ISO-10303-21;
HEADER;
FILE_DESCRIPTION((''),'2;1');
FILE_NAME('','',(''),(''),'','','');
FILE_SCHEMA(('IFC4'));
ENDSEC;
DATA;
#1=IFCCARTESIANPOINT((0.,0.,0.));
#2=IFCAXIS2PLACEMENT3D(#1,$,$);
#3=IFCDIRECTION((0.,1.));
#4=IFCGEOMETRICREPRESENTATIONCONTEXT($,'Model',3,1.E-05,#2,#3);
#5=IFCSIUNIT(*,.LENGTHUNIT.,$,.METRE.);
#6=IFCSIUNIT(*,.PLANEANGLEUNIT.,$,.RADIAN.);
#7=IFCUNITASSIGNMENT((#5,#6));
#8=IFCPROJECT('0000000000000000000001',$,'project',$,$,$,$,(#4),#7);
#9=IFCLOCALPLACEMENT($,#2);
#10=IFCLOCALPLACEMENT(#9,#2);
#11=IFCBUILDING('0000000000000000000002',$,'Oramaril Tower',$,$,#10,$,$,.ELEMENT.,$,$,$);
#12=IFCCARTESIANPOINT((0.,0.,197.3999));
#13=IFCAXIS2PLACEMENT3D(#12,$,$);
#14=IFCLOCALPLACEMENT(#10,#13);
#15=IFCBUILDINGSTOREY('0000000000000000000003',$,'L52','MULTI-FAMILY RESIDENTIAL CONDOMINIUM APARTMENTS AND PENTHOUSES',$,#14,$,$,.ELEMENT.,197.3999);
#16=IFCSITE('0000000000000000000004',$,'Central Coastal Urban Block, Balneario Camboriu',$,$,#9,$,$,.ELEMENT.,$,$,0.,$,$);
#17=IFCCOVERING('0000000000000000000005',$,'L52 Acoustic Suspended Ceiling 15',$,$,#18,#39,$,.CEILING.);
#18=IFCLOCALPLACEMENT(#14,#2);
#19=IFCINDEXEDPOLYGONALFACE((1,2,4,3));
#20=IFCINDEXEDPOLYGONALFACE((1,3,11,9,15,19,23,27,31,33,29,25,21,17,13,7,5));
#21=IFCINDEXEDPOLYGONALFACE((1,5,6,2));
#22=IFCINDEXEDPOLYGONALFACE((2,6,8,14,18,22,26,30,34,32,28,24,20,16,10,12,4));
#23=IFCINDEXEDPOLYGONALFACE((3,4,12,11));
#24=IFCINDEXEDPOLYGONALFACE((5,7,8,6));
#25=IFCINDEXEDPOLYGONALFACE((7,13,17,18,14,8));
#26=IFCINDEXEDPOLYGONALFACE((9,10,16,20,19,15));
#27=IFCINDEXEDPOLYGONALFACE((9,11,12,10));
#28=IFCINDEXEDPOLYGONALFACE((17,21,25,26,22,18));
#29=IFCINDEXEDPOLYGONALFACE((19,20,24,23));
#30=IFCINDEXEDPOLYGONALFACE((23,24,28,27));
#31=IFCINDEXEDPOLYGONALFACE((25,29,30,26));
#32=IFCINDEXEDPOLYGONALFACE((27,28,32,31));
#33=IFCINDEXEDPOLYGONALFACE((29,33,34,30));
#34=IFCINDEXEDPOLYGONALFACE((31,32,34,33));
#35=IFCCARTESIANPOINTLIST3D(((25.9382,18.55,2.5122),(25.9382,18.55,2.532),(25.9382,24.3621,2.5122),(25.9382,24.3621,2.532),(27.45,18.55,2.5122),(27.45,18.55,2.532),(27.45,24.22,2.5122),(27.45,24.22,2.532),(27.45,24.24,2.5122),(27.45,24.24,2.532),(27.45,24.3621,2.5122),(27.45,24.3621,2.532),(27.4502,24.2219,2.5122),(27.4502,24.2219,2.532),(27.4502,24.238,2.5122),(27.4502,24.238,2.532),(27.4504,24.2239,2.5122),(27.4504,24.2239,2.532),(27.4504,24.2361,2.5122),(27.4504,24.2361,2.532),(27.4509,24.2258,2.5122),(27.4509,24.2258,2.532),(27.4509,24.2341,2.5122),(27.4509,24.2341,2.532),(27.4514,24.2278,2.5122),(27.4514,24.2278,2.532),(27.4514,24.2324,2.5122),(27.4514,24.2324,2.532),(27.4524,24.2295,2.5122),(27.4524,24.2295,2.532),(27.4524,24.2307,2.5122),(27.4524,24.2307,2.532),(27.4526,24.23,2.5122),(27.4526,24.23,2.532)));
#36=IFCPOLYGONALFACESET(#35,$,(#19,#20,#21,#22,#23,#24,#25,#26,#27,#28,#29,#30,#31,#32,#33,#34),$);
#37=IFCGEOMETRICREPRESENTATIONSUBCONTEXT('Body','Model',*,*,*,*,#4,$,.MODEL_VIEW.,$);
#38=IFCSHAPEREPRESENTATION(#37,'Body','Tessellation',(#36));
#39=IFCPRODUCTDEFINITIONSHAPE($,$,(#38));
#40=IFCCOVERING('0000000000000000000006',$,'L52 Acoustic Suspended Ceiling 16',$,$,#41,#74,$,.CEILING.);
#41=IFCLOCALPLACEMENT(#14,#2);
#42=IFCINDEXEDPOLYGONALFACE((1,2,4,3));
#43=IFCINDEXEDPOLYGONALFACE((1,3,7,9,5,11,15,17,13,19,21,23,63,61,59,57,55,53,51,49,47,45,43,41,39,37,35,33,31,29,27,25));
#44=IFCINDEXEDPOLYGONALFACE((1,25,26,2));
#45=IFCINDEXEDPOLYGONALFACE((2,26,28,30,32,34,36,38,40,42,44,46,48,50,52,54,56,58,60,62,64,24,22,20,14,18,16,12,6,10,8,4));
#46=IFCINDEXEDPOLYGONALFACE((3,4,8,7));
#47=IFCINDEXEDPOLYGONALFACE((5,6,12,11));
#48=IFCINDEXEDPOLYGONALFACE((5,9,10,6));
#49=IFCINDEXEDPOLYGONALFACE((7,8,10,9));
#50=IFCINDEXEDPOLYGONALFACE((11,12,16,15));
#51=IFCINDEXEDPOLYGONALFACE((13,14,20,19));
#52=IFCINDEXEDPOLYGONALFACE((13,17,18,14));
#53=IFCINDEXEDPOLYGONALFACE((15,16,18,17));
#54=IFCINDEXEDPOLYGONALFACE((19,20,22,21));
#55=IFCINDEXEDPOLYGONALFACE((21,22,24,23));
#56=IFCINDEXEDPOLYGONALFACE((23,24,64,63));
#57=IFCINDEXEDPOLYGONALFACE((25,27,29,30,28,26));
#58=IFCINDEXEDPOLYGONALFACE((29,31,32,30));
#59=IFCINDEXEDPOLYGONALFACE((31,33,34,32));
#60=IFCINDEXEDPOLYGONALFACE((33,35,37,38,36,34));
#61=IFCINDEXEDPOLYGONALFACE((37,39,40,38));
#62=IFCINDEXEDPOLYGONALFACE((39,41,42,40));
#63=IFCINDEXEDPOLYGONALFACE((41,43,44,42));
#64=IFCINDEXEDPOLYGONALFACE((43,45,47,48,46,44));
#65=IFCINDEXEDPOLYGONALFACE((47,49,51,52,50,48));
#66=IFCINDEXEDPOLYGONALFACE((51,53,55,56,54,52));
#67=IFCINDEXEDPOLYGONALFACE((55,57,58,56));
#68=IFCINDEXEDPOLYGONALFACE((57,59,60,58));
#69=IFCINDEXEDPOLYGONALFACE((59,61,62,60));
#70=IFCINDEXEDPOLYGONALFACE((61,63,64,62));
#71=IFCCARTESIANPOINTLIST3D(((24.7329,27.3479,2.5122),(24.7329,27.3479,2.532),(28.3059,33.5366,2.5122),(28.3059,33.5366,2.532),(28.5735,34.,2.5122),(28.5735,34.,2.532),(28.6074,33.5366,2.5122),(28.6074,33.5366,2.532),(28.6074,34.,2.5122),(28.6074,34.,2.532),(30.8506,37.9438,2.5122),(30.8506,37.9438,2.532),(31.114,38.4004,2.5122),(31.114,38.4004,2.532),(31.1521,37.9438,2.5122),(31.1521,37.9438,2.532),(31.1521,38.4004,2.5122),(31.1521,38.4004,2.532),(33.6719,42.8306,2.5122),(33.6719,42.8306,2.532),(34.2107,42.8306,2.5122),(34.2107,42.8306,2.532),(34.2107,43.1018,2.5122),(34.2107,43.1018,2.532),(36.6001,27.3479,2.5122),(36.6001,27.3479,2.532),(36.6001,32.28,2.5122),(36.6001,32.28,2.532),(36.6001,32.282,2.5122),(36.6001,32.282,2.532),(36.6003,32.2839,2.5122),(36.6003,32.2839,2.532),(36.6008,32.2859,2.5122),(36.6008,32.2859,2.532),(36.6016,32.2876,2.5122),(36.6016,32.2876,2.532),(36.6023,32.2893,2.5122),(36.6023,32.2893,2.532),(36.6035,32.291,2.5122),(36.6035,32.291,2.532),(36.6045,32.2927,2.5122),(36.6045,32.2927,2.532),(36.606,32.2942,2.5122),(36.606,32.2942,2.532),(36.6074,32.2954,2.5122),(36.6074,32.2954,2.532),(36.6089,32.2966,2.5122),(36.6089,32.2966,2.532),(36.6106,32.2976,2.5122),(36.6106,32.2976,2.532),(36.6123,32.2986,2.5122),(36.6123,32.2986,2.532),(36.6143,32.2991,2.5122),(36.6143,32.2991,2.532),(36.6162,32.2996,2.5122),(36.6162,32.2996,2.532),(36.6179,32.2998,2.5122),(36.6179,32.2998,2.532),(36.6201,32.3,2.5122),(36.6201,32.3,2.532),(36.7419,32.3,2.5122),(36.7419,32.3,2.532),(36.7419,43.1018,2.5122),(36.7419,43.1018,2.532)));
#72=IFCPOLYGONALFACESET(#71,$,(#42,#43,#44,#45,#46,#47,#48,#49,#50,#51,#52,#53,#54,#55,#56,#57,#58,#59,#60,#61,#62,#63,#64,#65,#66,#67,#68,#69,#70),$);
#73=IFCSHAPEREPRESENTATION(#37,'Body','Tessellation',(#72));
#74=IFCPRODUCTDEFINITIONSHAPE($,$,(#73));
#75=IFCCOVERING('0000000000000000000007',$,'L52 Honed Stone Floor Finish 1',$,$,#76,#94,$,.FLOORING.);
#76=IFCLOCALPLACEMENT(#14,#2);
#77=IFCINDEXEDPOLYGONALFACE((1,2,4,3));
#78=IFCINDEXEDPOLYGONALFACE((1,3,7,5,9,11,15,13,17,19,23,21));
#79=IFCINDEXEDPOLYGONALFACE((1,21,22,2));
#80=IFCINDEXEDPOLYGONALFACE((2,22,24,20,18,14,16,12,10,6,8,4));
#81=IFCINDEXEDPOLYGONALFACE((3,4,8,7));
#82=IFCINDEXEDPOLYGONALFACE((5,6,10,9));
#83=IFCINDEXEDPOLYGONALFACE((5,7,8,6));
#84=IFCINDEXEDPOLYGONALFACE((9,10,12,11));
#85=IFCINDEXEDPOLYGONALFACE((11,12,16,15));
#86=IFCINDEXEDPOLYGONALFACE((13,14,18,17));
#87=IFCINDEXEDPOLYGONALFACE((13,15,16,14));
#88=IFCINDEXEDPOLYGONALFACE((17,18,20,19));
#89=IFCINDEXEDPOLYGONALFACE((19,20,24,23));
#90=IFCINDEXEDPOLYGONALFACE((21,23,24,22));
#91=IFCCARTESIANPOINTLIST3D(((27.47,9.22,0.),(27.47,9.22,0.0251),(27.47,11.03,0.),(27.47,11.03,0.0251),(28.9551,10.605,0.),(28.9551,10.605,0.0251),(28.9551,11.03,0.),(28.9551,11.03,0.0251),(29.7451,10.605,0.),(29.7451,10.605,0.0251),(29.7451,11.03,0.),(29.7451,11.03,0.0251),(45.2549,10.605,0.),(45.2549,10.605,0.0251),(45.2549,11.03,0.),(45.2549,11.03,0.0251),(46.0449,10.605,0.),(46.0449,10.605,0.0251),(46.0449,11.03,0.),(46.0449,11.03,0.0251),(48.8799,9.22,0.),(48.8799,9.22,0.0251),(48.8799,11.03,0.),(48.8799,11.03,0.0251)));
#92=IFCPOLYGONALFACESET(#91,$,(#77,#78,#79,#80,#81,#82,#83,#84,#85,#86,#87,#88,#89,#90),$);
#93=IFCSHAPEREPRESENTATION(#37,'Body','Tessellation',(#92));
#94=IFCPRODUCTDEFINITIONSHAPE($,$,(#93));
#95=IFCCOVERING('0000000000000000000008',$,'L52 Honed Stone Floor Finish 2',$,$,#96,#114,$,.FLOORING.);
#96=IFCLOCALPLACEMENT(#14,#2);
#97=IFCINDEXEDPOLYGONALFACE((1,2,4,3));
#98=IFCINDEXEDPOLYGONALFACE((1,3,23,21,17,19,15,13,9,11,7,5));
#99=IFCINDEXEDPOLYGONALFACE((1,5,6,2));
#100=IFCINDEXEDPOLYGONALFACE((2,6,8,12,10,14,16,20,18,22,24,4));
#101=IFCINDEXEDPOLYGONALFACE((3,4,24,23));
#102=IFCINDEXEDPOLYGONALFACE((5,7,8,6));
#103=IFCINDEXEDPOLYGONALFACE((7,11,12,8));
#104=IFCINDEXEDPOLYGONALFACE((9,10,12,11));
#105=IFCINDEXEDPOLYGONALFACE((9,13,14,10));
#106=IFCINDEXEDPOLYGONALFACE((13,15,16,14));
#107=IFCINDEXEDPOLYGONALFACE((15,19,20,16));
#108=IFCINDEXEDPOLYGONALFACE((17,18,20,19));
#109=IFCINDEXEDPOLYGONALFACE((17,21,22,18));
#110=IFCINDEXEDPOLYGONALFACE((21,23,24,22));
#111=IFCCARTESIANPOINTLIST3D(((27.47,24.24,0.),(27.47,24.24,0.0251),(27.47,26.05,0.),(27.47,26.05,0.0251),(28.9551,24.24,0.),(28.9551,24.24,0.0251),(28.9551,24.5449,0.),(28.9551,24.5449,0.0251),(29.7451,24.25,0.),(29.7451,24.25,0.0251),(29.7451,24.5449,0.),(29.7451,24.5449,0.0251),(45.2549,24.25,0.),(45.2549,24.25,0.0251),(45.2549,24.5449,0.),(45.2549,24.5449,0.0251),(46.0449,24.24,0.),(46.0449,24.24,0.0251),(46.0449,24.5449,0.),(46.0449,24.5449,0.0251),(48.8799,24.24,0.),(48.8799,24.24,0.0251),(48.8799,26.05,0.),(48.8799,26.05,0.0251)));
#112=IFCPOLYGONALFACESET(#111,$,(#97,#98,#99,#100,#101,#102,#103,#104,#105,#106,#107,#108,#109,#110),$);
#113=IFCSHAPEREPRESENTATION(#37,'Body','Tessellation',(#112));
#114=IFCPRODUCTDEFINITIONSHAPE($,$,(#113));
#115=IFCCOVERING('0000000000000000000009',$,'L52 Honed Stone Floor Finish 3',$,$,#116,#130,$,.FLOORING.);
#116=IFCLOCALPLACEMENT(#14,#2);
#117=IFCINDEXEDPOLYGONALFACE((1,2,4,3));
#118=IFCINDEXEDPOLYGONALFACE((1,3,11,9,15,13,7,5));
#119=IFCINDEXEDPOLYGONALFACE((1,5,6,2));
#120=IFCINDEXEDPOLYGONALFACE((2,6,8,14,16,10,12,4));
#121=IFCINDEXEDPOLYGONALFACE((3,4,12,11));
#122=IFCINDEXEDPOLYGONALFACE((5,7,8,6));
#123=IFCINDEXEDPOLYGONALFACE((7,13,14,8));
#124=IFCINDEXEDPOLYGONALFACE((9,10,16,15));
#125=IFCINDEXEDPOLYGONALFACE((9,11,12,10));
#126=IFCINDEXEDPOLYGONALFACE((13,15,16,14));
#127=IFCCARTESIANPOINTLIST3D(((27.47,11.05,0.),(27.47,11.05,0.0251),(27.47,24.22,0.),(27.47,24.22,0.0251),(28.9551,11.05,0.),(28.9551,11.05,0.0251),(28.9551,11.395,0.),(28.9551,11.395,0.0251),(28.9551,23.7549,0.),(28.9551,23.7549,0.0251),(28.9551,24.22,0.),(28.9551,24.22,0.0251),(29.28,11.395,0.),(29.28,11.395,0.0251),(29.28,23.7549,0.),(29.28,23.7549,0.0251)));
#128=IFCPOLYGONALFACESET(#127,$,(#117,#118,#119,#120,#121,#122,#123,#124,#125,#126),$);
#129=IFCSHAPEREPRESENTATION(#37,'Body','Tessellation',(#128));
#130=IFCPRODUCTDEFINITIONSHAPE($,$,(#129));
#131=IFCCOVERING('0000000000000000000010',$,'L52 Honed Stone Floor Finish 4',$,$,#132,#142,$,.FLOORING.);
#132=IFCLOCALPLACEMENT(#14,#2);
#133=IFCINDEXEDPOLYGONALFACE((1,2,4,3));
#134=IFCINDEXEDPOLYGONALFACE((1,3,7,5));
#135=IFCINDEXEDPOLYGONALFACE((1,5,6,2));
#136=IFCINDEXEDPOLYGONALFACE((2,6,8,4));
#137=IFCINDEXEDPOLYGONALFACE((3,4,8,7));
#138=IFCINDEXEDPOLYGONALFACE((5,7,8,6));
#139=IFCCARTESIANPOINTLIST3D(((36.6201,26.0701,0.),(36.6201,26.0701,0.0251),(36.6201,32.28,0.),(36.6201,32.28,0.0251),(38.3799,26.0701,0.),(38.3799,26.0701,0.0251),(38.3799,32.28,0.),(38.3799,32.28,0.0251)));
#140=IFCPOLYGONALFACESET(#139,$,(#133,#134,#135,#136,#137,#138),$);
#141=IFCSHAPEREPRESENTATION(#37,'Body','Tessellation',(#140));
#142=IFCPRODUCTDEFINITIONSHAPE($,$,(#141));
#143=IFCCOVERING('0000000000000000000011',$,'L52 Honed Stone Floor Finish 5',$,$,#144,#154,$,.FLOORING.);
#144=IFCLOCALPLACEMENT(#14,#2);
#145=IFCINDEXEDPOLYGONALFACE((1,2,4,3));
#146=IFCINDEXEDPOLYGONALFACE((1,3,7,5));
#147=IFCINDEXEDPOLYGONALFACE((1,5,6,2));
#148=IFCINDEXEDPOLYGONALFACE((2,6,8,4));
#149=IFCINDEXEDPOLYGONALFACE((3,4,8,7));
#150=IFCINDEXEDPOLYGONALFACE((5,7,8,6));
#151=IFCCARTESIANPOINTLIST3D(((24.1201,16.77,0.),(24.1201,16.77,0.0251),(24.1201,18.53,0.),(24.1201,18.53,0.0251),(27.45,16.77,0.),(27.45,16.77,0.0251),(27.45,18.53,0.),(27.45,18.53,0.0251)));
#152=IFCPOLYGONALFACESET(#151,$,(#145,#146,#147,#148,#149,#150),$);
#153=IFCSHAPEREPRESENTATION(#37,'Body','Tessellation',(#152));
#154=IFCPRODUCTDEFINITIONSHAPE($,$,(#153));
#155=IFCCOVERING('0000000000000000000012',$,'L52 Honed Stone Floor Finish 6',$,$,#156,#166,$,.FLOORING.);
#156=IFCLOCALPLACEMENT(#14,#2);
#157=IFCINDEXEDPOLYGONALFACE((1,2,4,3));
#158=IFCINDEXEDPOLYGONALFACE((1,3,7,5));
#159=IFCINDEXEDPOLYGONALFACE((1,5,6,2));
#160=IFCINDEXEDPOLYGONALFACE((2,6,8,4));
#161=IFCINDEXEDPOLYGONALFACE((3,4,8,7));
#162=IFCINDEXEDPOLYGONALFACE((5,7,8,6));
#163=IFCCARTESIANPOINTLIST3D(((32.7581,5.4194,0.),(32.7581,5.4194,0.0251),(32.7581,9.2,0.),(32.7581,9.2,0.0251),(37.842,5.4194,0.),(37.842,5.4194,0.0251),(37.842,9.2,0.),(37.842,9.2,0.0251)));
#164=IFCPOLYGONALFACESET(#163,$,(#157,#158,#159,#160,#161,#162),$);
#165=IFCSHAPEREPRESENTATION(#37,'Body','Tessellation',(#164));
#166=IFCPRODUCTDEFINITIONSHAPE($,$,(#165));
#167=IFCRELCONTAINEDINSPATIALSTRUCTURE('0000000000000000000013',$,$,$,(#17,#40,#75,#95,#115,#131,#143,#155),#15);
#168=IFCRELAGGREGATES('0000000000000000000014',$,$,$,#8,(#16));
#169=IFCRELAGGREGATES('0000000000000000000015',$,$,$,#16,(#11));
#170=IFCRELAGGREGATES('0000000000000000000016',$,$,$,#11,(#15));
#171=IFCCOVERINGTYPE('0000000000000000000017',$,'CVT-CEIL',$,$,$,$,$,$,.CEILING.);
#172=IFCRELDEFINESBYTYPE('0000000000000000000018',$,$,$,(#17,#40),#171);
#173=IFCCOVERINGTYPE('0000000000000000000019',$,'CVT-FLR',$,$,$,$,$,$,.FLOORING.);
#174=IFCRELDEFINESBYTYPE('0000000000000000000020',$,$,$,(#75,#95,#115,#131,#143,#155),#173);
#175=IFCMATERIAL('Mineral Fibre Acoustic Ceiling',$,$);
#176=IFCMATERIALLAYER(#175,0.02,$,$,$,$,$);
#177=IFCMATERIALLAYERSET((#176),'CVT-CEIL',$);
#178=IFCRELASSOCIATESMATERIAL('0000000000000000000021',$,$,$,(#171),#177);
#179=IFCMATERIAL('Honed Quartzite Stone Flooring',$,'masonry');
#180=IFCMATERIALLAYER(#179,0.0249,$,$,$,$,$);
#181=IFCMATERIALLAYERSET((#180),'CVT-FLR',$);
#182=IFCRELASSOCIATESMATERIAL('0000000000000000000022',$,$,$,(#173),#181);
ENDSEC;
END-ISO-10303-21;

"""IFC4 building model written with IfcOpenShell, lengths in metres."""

from ifc_helpers import new_model, si_unit, direction, frame, origin, place, context, subcontext, project, spatial, polyline, outline, extrude, material, layer, layer_set, type_object, element, save


model = new_model("IFC4")

# Units and contexts
model_context = context("Model", 3, precision=1e-05, world=origin(), true_north=direction((0.0, 1.0)))
body_context = subcontext(model_context, "Body", "Model", "MODEL_VIEW")
ifc_project = project(units=[si_unit("LENGTHUNIT", "METRE"), si_unit("PLANEANGLEUNIT", "RADIAN")], contexts=[model_context])

# Site, building, storey
site_placement = place(None, origin())
site = spatial("IfcSite", under=ifc_project, at=site_placement, Name="Central Coastal Urban Block, Balneario Camboriu", CompositionType="ELEMENT", RefElevation=0.0)
building_placement = place(site_placement, origin())
building = spatial("IfcBuilding", under=site, at=building_placement, Name="Oramaril Tower", CompositionType="ELEMENT")
storey_placement = place(building_placement, frame((0.0, 0.0, 197.3999)))
storey = spatial("IfcBuildingStorey", under=building, at=storey_placement, Name="L52", Description="MULTI-FAMILY RESIDENTIAL CONDOMINIUM APARTMENTS AND PENTHOUSES", CompositionType="ELEMENT", Elevation=197.3999)

# Coverings
ifc_material_1 = material(Name="Mineral Fibre Acoustic Ceiling")
ifc_layer_1 = layer(ifc_material_1, 0.02)
ifc_layer_set_1 = layer_set([ifc_layer_1], Name="CVT-CEIL")
covering_type_1 = type_object("IfcCoveringType", Name="CVT-CEIL", PredefinedType="CEILING", material=ifc_layer_set_1)
covering_1_placement = place(storey_placement, frame((0.0, 0.0, 2.5122)))
element("IfcCovering", 1, at=covering_1_placement, inside=storey, type_object=covering_type_1, Name="L52 Acoustic Suspended Ceiling 15", PredefinedType="CEILING", context=body_context, shape_type="SweptSolid", body=[
    extrude(outline(polyline([(27.45, 24.3621), (27.45, 24.24), (27.4502, 24.238), (27.4504, 24.2361), (27.4509, 24.2341), (27.4514, 24.2324), (27.4524, 24.2307), (27.4526, 24.23), (27.4524, 24.2295), (27.4514, 24.2278), (27.4509, 24.2258), (27.4504, 24.2239), (27.4502, 24.2219), (27.45, 24.22), (27.45, 18.55), (25.9382, 18.55), (25.9382, 24.3621), (27.45, 24.3621)])), origin(), (0.0, 0.0, 1.0), 0.0198),
])
covering_2_placement = place(storey_placement, frame((0.0, 0.0, 2.5122)))
element("IfcCovering", 2, at=covering_2_placement, inside=storey, type_object=covering_type_1, Name="L52 Acoustic Suspended Ceiling 16", PredefinedType="CEILING", context=body_context, shape_type="SweptSolid", body=[
    extrude(outline(polyline([(36.7419, 32.3), (36.6201, 32.3), (36.6179, 32.2998), (36.6162, 32.2996), (36.6143, 32.2991), (36.6123, 32.2986), (36.6106, 32.2976), (36.6089, 32.2966), (36.6074, 32.2954), (36.606, 32.2942), (36.6045, 32.2927), (36.6035, 32.291), (36.6023, 32.2893), (36.6016, 32.2876), (36.6008, 32.2859), (36.6003, 32.2839), (36.6001, 32.282), (36.6001, 32.28), (36.6001, 27.3479), (24.7329, 27.3479), (28.3059, 33.5366), (28.6074, 33.5366), (28.6074, 34.0), (28.5735, 34.0), (30.8506, 37.9438), (31.1521, 37.9438), (31.1521, 38.4004), (31.114, 38.4004), (33.6719, 42.8306), (34.2107, 42.8306), (34.2107, 43.1018), (36.7419, 43.1018), (36.7419, 32.3)])), origin(), (0.0, 0.0, 1.0), 0.0198),
])
ifc_material_2 = material(Name="Honed Quartzite Stone Flooring", Category="masonry")
ifc_layer_2 = layer(ifc_material_2, 0.0249)
ifc_layer_set_2 = layer_set([ifc_layer_2], Name="CVT-FLR")
covering_type_2 = type_object("IfcCoveringType", Name="CVT-FLR", PredefinedType="FLOORING", material=ifc_layer_set_2)
covering_3_placement = place(storey_placement, origin())
element("IfcCovering", 3, at=covering_3_placement, inside=storey, type_object=covering_type_2, Name="L52 Honed Stone Floor Finish 1", PredefinedType="FLOORING", context=body_context, shape_type="SweptSolid", body=[
    extrude(outline(polyline([(28.9551, 10.605), (29.7451, 10.605), (29.7451, 11.03), (45.2549, 11.03), (45.2549, 10.605), (46.0449, 10.605), (46.0449, 11.03), (48.8799, 11.03), (48.8799, 9.22), (27.47, 9.22), (27.47, 11.03), (28.9551, 11.03), (28.9551, 10.605)])), origin(), (0.0, 0.0, 1.0), 0.0251),
])
covering_4_placement = place(storey_placement, origin())
element("IfcCovering", 4, at=covering_4_placement, inside=storey, type_object=covering_type_2, Name="L52 Honed Stone Floor Finish 2", PredefinedType="FLOORING", context=body_context, shape_type="SweptSolid", body=[
    extrude(outline(polyline([(48.8799, 24.24), (46.0449, 24.24), (46.0449, 24.5449), (45.2549, 24.5449), (45.2549, 24.25), (29.7451, 24.25), (29.7451, 24.5449), (28.9551, 24.5449), (28.9551, 24.24), (27.47, 24.24), (27.47, 26.05), (48.8799, 26.05), (48.8799, 24.24)])), origin(), (0.0, 0.0, 1.0), 0.0251),
])
covering_5_placement = place(storey_placement, origin())
element("IfcCovering", 5, at=covering_5_placement, inside=storey, type_object=covering_type_2, Name="L52 Honed Stone Floor Finish 3", PredefinedType="FLOORING", context=body_context, shape_type="SweptSolid", body=[
    extrude(outline(polyline([(28.9551, 23.7549), (29.28, 23.7549), (29.28, 11.395), (28.9551, 11.395), (28.9551, 11.05), (27.47, 11.05), (27.47, 24.22), (28.9551, 24.22), (28.9551, 23.7549)])), origin(), (0.0, 0.0, 1.0), 0.0251),
])
covering_6_placement = place(storey_placement, origin())
element("IfcCovering", 6, at=covering_6_placement, inside=storey, type_object=covering_type_2, Name="L52 Honed Stone Floor Finish 4", PredefinedType="FLOORING", context=body_context, shape_type="SweptSolid", body=[
    extrude(outline(polyline([(38.3799, 26.0701), (36.6201, 26.0701), (36.6201, 32.28), (38.3799, 32.28), (38.3799, 26.0701)])), origin(), (0.0, 0.0, 1.0), 0.0251),
])
covering_7_placement = place(storey_placement, origin())
element("IfcCovering", 7, at=covering_7_placement, inside=storey, type_object=covering_type_2, Name="L52 Honed Stone Floor Finish 5", PredefinedType="FLOORING", context=body_context, shape_type="SweptSolid", body=[
    extrude(outline(polyline([(24.1201, 16.77), (24.1201, 18.53), (27.45, 18.53), (27.45, 16.77), (24.1201, 16.77)])), origin(), (0.0, 0.0, 1.0), 0.0251),
])
covering_8_placement = place(storey_placement, origin())
element("IfcCovering", 8, at=covering_8_placement, inside=storey, type_object=covering_type_2, Name="L52 Honed Stone Floor Finish 6", PredefinedType="FLOORING", context=body_context, shape_type="SweptSolid", body=[
    extrude(outline(polyline([(37.842, 5.4194), (32.7581, 5.4194), (32.7581, 9.2), (37.842, 9.2), (37.842, 5.4194)])), origin(), (0.0, 0.0, 1.0), 0.0251),
])

save(model, "model.ifc")
